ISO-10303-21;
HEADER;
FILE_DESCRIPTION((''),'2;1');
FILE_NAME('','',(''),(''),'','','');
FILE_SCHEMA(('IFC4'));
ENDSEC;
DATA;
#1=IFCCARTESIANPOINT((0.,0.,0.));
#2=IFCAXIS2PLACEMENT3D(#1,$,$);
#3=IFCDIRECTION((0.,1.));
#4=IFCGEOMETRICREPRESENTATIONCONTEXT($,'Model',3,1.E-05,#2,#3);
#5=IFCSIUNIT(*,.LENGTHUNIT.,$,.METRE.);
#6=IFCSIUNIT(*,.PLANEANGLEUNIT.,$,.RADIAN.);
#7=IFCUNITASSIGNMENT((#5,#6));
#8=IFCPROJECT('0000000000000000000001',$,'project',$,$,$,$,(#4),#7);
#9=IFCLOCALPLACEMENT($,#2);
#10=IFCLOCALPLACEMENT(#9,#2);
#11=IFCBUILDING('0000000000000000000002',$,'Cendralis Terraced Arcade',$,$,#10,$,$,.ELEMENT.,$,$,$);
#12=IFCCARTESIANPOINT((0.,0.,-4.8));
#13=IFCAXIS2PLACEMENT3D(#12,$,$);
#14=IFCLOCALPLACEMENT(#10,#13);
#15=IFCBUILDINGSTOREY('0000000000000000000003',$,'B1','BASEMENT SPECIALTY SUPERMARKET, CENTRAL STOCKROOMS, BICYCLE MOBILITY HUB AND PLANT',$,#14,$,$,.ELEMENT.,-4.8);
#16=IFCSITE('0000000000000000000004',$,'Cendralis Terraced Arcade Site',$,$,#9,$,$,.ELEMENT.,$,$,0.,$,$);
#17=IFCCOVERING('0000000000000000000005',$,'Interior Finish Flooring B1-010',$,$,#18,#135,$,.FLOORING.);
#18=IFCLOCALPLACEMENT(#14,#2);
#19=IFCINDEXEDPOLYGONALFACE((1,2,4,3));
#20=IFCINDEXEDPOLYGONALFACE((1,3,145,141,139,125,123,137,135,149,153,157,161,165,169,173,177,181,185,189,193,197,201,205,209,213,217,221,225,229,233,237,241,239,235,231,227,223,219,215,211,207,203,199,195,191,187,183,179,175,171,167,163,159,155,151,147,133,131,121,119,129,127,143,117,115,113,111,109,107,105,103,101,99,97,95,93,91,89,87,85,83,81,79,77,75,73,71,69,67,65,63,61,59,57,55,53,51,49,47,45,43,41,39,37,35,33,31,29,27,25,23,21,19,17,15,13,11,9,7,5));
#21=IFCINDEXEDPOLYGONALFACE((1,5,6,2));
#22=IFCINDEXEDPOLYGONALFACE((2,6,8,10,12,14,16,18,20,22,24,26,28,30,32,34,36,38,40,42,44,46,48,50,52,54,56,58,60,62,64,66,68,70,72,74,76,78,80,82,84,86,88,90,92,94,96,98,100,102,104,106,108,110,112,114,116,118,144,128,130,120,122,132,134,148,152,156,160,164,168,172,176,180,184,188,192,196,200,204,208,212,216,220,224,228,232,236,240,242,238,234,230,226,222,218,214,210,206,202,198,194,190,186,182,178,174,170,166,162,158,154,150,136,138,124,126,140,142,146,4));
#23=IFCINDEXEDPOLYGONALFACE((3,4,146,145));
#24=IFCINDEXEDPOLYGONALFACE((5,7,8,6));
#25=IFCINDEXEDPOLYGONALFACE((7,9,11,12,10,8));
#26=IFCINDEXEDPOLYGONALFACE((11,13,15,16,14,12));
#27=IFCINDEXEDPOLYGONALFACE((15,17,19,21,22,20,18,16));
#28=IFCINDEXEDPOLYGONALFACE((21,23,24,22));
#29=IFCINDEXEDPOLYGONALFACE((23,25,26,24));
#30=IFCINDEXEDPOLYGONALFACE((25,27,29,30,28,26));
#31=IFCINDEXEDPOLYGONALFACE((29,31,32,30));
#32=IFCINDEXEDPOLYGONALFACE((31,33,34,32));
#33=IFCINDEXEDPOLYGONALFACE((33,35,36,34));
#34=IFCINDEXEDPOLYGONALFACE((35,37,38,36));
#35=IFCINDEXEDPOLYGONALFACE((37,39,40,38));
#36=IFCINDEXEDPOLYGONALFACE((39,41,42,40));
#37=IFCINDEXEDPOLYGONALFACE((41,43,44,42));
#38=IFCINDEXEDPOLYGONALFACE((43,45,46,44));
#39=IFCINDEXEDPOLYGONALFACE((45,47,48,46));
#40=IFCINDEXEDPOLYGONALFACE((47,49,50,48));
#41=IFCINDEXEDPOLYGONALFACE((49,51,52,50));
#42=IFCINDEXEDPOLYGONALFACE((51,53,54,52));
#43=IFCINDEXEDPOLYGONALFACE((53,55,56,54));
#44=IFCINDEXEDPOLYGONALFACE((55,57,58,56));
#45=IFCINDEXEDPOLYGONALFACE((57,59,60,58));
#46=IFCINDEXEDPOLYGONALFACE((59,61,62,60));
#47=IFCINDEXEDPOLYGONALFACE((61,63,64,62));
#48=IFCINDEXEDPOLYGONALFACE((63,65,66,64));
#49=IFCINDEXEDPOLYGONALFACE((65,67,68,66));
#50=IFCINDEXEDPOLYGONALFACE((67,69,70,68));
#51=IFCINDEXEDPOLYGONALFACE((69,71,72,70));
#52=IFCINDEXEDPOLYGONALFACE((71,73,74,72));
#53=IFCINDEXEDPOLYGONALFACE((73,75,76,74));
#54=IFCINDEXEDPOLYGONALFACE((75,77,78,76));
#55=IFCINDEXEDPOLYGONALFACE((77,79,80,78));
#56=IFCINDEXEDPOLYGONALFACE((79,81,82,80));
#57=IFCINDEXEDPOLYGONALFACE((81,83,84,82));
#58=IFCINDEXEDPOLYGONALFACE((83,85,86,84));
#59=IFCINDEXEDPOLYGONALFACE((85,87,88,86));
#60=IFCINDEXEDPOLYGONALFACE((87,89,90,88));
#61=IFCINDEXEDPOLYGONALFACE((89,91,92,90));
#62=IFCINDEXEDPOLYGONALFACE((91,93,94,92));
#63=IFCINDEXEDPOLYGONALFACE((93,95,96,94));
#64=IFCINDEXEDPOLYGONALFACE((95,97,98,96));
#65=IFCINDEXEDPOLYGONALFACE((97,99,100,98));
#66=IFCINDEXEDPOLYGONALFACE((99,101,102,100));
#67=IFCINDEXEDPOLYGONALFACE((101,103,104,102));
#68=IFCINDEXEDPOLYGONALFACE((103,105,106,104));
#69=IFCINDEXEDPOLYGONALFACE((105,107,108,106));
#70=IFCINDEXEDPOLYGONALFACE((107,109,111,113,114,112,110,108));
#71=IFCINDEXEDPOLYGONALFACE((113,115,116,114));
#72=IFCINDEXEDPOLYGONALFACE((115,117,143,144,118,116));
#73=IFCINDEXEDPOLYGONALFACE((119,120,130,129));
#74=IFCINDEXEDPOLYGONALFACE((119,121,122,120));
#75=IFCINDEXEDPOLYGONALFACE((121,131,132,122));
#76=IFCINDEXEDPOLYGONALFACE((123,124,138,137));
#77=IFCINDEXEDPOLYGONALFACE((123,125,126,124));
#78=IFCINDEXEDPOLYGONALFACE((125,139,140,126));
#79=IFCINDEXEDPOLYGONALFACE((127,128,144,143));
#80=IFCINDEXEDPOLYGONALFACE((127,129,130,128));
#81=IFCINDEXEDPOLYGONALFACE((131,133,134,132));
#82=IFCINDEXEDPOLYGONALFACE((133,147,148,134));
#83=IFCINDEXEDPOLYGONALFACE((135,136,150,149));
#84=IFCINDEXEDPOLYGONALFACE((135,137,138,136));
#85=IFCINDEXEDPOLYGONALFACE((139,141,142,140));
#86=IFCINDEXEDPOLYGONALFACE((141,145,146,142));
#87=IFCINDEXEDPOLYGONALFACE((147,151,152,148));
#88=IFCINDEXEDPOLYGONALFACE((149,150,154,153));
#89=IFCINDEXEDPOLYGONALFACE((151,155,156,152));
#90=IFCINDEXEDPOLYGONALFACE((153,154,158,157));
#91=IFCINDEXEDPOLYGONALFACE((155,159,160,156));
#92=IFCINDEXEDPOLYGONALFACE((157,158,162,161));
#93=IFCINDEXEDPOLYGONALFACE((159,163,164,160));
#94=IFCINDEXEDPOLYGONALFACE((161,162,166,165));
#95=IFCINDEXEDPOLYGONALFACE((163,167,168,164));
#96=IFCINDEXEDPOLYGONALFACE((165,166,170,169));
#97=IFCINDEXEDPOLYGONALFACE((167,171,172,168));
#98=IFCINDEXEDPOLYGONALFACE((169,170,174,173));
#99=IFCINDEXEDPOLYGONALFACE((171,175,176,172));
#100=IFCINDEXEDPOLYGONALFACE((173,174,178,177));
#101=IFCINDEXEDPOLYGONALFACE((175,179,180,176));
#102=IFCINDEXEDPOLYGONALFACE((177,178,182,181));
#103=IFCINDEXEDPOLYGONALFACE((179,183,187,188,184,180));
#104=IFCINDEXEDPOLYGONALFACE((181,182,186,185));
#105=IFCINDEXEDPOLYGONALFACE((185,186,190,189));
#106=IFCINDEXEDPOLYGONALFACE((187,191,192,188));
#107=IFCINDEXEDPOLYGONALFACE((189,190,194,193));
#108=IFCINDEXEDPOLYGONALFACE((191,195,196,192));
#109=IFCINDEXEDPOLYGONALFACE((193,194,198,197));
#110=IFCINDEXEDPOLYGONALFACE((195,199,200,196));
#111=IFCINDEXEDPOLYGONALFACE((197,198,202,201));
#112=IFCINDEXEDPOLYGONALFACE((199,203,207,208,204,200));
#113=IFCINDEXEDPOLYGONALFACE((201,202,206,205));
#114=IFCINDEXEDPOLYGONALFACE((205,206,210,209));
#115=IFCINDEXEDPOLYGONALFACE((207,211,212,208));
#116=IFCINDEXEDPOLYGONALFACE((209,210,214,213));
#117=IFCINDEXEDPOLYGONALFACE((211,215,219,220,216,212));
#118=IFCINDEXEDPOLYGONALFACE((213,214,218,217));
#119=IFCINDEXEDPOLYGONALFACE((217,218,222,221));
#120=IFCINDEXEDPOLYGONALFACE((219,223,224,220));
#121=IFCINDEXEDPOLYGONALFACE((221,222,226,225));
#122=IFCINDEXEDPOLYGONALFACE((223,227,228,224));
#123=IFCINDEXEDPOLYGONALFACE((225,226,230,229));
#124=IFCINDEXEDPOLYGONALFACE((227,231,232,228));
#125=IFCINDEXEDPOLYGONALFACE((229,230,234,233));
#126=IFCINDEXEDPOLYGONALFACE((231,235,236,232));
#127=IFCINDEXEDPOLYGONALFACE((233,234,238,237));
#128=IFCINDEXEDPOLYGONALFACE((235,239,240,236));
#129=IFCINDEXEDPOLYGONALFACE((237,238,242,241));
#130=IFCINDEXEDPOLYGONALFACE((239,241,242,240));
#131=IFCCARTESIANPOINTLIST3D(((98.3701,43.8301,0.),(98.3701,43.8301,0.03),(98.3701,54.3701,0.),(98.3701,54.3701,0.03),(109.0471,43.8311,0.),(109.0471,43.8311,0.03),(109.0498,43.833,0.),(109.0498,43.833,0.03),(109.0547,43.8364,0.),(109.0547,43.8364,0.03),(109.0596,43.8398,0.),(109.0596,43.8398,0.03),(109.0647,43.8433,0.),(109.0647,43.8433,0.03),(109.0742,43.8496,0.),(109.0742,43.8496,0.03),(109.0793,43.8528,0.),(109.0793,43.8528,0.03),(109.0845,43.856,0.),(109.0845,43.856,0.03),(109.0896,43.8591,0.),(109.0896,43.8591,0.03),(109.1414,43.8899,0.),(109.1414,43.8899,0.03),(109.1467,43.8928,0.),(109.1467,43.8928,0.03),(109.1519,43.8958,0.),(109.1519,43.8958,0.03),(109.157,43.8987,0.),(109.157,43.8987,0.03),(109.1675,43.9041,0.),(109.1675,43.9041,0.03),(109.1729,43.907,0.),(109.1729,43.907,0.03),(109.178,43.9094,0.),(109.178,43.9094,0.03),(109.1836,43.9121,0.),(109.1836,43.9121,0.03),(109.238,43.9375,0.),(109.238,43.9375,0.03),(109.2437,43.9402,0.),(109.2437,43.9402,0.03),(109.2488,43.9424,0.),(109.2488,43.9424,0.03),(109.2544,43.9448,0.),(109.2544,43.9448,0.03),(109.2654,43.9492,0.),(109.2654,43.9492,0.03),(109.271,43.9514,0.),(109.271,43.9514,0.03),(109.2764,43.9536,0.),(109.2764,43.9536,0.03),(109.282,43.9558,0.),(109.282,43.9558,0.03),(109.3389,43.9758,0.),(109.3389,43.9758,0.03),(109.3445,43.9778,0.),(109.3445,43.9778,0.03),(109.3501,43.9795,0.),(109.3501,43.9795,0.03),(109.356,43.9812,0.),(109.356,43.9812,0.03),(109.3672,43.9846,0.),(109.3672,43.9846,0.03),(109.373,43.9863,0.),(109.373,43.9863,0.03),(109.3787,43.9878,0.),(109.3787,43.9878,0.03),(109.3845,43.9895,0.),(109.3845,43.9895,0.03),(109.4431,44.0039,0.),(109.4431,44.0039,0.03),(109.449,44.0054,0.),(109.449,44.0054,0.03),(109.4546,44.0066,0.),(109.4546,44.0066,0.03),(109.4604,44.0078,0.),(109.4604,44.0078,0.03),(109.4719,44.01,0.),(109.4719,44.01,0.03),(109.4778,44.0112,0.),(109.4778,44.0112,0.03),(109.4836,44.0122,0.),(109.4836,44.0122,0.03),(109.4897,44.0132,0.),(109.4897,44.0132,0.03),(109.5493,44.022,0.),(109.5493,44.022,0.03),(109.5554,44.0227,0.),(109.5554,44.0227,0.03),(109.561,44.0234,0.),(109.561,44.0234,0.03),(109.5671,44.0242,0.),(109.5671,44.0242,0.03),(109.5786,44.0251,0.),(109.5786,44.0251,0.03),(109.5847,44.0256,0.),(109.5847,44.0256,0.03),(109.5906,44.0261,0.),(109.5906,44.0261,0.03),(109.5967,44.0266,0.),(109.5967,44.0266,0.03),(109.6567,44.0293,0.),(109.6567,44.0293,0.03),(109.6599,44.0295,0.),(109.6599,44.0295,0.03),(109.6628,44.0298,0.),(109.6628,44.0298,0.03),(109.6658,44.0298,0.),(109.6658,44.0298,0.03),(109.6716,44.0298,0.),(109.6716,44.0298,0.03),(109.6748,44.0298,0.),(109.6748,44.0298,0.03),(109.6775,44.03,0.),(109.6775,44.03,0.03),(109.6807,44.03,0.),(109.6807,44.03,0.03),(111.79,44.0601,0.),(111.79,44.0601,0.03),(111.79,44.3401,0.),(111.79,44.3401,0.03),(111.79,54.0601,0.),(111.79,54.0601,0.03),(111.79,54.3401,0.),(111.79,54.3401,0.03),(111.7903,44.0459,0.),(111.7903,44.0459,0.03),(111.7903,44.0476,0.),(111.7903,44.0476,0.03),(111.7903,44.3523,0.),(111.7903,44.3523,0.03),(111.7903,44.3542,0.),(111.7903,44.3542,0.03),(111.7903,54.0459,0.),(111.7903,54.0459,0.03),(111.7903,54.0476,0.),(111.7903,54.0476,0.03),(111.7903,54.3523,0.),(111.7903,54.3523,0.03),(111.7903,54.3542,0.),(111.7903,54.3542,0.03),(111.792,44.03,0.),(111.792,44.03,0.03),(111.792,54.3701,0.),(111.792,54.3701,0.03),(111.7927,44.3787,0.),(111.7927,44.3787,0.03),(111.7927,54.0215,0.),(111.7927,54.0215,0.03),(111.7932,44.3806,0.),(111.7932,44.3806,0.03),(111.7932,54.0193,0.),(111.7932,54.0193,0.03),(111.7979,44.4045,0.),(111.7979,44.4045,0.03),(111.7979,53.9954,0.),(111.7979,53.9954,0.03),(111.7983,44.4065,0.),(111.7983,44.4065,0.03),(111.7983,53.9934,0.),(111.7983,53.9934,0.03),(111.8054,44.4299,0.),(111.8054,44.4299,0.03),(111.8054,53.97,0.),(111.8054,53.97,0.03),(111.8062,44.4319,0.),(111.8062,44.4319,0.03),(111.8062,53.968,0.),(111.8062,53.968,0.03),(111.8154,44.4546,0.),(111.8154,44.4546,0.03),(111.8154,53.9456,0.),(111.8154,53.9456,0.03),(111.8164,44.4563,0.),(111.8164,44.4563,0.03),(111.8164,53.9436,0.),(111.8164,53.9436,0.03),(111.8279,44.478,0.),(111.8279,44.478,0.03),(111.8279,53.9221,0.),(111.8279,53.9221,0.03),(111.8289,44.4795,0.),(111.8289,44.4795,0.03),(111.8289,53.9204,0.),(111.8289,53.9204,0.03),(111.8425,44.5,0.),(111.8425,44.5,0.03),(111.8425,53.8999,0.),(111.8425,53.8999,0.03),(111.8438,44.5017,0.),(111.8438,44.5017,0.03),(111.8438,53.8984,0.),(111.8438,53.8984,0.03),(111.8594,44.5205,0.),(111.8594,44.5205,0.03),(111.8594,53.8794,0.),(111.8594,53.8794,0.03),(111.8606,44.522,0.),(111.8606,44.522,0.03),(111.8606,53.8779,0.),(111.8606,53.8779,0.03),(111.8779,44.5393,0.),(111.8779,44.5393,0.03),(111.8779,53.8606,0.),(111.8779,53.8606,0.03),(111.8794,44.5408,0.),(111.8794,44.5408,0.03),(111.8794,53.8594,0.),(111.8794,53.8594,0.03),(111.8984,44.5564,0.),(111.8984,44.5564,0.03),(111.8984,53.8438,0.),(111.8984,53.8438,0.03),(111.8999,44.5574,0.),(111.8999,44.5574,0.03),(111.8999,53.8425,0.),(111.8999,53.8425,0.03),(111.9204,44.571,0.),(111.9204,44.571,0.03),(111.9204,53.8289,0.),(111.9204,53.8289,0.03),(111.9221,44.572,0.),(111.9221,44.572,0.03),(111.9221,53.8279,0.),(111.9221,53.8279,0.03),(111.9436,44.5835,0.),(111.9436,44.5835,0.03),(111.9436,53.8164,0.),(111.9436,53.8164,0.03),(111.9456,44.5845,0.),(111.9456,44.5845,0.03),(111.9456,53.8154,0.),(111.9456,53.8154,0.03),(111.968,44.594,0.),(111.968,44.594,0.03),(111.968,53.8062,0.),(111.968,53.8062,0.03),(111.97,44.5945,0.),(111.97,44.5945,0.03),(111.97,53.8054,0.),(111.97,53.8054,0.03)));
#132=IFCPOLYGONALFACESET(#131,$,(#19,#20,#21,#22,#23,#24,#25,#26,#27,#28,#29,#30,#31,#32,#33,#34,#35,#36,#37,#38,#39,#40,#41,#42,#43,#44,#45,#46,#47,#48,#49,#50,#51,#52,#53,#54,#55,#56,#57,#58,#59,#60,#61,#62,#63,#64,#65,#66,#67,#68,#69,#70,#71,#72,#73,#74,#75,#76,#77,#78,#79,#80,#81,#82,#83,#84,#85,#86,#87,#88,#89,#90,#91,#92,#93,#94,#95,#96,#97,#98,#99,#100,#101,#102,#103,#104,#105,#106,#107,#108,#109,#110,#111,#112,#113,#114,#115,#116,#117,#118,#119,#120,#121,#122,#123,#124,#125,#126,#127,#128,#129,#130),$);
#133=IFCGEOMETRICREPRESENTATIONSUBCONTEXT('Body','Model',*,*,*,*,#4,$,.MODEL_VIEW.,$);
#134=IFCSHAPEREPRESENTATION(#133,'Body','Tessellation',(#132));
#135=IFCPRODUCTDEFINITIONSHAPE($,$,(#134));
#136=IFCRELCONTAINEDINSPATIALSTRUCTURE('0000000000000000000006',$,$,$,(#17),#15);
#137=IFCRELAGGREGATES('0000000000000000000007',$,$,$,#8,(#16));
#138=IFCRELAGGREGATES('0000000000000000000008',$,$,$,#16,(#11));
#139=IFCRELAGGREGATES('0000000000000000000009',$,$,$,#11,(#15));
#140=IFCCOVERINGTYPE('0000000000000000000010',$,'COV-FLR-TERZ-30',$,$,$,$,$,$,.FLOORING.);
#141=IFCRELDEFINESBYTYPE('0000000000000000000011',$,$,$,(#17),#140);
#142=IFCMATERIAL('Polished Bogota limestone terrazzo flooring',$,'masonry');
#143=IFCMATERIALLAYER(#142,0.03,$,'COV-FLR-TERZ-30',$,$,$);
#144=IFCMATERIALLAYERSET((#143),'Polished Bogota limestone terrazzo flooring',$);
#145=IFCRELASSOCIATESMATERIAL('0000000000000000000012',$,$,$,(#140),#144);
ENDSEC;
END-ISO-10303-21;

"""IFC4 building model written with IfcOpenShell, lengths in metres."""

from ifc_helpers import new_model, si_unit, direction, frame, origin, place, context, subcontext, project, spatial, polyline, outline, extrude, material, layer, layer_set, type_object, element, save


model = new_model("IFC4")

# Units and contexts
model_context = context("Model", 3, precision=1e-05, world=origin(), true_north=direction((0.0, 1.0)))
body_context = subcontext(model_context, "Body", "Model", "MODEL_VIEW")
ifc_project = project(units=[si_unit("LENGTHUNIT", "METRE"), si_unit("PLANEANGLEUNIT", "RADIAN")], contexts=[model_context])

# Site, building, storey
site_placement = place(None, origin())
site = spatial("IfcSite", under=ifc_project, at=site_placement, Name="Cendralis Terraced Arcade Site", CompositionType="ELEMENT", RefElevation=0.0)
building_placement = place(site_placement, origin())
building = spatial("IfcBuilding", under=site, at=building_placement, Name="Cendralis Terraced Arcade", CompositionType="ELEMENT")
storey_placement = place(building_placement, frame((0.0, 0.0, -4.8)))
storey = spatial("IfcBuildingStorey", under=building, at=storey_placement, Name="B1", Description="BASEMENT SPECIALTY SUPERMARKET, CENTRAL STOCKROOMS, BICYCLE MOBILITY HUB AND PLANT", CompositionType="ELEMENT", Elevation=-4.8)

# Covering
ifc_material_1 = material(Name="Polished Bogota limestone terrazzo flooring", Category="masonry")
ifc_layer_1 = layer(ifc_material_1, 0.03, Name="COV-FLR-TERZ-30")
ifc_layer_set_1 = layer_set([ifc_layer_1], Name="Polished Bogota limestone terrazzo flooring")
covering_type_1 = type_object("IfcCoveringType", Name="COV-FLR-TERZ-30", PredefinedType="FLOORING", material=ifc_layer_set_1)
covering_1_placement = place(storey_placement, origin())
element("IfcCovering", 1, at=covering_1_placement, inside=storey, type_object=covering_type_1, Name="Interior Finish Flooring B1-010", PredefinedType="FLOORING", context=body_context, shape_type="SweptSolid", body=[
    extrude(outline(polyline([(98.3701, 43.8301), (98.3701, 54.3701), (111.792, 54.3701), (111.7903, 54.3542), (111.7903, 54.3523), (111.79, 54.3401), (111.79, 54.0601), (111.7903, 54.0476), (111.7903, 54.0459), (111.7927, 54.0215), (111.7932, 54.0193), (111.7979, 53.9954), (111.7983, 53.9934), (111.8054, 53.97), (111.8062, 53.968), (111.8154, 53.9456), (111.8164, 53.9436), (111.8279, 53.9221), (111.8289, 53.9204), (111.8425, 53.8999), (111.8438, 53.8984), (111.8594, 53.8794), (111.8606, 53.8779), (111.8779, 53.8606), (111.8794, 53.8594), (111.8984, 53.8438), (111.8999, 53.8425), (111.9204, 53.8289), (111.9221, 53.8279), (111.9436, 53.8164), (111.9456, 53.8154), (111.968, 53.8062), (111.97, 53.8054), (111.97, 53.8054), (111.97, 44.5945), (111.97, 44.5945), (111.968, 44.594), (111.9456, 44.5845), (111.9436, 44.5835), (111.9221, 44.572), (111.9204, 44.571), (111.8999, 44.5574), (111.8984, 44.5564), (111.8794, 44.5408), (111.8779, 44.5393), (111.8606, 44.522), (111.8594, 44.5205), (111.8438, 44.5017), (111.8425, 44.5), (111.8289, 44.4795), (111.8279, 44.478), (111.8164, 44.4563), (111.8154, 44.4546), (111.8062, 44.4319), (111.8054, 44.4299), (111.7983, 44.4065), (111.7979, 44.4045), (111.7932, 44.3806), (111.7927, 44.3787), (111.7903, 44.3542), (111.7903, 44.3523), (111.79, 44.3401), (111.79, 44.0601), (111.7903, 44.0476), (111.7903, 44.0459), (111.792, 44.03), (109.6807, 44.03), (109.6775, 44.03), (109.6748, 44.0298), (109.6716, 44.0298), (109.6658, 44.0298), (109.6628, 44.0298), (109.6599, 44.0295), (109.6567, 44.0293), (109.5967, 44.0266), (109.5906, 44.0261), (109.5847, 44.0256), (109.5786, 44.0251), (109.5671, 44.0242), (109.561, 44.0234), (109.5554, 44.0227), (109.5493, 44.022), (109.4897, 44.0132), (109.4836, 44.0122), (109.4778, 44.0112), (109.4719, 44.01), (109.4604, 44.0078), (109.4546, 44.0066), (109.449, 44.0054), (109.4431, 44.0039), (109.3845, 43.9895), (109.3787, 43.9878), (109.373, 43.9863), (109.3672, 43.9846), (109.356, 43.9812), (109.3501, 43.9795), (109.3445, 43.9778), (109.3389, 43.9758), (109.282, 43.9558), (109.2764, 43.9536), (109.271, 43.9514), (109.2654, 43.9492), (109.2544, 43.9448), (109.2488, 43.9424), (109.2437, 43.9402), (109.238, 43.9375), (109.1836, 43.9121), (109.178, 43.9094), (109.1729, 43.907), (109.1675, 43.9041), (109.157, 43.8987), (109.1519, 43.8958), (109.1467, 43.8928), (109.1414, 43.8899), (109.0896, 43.8591), (109.0845, 43.856), (109.0793, 43.8528), (109.0742, 43.8496), (109.0647, 43.8433), (109.0596, 43.8398), (109.0547, 43.8364), (109.0498, 43.833), (109.0471, 43.8311), (98.3701, 43.8301)])), origin(), (0.0, 0.0, 1.0), 0.03),
])

save(model, "model.ifc")
